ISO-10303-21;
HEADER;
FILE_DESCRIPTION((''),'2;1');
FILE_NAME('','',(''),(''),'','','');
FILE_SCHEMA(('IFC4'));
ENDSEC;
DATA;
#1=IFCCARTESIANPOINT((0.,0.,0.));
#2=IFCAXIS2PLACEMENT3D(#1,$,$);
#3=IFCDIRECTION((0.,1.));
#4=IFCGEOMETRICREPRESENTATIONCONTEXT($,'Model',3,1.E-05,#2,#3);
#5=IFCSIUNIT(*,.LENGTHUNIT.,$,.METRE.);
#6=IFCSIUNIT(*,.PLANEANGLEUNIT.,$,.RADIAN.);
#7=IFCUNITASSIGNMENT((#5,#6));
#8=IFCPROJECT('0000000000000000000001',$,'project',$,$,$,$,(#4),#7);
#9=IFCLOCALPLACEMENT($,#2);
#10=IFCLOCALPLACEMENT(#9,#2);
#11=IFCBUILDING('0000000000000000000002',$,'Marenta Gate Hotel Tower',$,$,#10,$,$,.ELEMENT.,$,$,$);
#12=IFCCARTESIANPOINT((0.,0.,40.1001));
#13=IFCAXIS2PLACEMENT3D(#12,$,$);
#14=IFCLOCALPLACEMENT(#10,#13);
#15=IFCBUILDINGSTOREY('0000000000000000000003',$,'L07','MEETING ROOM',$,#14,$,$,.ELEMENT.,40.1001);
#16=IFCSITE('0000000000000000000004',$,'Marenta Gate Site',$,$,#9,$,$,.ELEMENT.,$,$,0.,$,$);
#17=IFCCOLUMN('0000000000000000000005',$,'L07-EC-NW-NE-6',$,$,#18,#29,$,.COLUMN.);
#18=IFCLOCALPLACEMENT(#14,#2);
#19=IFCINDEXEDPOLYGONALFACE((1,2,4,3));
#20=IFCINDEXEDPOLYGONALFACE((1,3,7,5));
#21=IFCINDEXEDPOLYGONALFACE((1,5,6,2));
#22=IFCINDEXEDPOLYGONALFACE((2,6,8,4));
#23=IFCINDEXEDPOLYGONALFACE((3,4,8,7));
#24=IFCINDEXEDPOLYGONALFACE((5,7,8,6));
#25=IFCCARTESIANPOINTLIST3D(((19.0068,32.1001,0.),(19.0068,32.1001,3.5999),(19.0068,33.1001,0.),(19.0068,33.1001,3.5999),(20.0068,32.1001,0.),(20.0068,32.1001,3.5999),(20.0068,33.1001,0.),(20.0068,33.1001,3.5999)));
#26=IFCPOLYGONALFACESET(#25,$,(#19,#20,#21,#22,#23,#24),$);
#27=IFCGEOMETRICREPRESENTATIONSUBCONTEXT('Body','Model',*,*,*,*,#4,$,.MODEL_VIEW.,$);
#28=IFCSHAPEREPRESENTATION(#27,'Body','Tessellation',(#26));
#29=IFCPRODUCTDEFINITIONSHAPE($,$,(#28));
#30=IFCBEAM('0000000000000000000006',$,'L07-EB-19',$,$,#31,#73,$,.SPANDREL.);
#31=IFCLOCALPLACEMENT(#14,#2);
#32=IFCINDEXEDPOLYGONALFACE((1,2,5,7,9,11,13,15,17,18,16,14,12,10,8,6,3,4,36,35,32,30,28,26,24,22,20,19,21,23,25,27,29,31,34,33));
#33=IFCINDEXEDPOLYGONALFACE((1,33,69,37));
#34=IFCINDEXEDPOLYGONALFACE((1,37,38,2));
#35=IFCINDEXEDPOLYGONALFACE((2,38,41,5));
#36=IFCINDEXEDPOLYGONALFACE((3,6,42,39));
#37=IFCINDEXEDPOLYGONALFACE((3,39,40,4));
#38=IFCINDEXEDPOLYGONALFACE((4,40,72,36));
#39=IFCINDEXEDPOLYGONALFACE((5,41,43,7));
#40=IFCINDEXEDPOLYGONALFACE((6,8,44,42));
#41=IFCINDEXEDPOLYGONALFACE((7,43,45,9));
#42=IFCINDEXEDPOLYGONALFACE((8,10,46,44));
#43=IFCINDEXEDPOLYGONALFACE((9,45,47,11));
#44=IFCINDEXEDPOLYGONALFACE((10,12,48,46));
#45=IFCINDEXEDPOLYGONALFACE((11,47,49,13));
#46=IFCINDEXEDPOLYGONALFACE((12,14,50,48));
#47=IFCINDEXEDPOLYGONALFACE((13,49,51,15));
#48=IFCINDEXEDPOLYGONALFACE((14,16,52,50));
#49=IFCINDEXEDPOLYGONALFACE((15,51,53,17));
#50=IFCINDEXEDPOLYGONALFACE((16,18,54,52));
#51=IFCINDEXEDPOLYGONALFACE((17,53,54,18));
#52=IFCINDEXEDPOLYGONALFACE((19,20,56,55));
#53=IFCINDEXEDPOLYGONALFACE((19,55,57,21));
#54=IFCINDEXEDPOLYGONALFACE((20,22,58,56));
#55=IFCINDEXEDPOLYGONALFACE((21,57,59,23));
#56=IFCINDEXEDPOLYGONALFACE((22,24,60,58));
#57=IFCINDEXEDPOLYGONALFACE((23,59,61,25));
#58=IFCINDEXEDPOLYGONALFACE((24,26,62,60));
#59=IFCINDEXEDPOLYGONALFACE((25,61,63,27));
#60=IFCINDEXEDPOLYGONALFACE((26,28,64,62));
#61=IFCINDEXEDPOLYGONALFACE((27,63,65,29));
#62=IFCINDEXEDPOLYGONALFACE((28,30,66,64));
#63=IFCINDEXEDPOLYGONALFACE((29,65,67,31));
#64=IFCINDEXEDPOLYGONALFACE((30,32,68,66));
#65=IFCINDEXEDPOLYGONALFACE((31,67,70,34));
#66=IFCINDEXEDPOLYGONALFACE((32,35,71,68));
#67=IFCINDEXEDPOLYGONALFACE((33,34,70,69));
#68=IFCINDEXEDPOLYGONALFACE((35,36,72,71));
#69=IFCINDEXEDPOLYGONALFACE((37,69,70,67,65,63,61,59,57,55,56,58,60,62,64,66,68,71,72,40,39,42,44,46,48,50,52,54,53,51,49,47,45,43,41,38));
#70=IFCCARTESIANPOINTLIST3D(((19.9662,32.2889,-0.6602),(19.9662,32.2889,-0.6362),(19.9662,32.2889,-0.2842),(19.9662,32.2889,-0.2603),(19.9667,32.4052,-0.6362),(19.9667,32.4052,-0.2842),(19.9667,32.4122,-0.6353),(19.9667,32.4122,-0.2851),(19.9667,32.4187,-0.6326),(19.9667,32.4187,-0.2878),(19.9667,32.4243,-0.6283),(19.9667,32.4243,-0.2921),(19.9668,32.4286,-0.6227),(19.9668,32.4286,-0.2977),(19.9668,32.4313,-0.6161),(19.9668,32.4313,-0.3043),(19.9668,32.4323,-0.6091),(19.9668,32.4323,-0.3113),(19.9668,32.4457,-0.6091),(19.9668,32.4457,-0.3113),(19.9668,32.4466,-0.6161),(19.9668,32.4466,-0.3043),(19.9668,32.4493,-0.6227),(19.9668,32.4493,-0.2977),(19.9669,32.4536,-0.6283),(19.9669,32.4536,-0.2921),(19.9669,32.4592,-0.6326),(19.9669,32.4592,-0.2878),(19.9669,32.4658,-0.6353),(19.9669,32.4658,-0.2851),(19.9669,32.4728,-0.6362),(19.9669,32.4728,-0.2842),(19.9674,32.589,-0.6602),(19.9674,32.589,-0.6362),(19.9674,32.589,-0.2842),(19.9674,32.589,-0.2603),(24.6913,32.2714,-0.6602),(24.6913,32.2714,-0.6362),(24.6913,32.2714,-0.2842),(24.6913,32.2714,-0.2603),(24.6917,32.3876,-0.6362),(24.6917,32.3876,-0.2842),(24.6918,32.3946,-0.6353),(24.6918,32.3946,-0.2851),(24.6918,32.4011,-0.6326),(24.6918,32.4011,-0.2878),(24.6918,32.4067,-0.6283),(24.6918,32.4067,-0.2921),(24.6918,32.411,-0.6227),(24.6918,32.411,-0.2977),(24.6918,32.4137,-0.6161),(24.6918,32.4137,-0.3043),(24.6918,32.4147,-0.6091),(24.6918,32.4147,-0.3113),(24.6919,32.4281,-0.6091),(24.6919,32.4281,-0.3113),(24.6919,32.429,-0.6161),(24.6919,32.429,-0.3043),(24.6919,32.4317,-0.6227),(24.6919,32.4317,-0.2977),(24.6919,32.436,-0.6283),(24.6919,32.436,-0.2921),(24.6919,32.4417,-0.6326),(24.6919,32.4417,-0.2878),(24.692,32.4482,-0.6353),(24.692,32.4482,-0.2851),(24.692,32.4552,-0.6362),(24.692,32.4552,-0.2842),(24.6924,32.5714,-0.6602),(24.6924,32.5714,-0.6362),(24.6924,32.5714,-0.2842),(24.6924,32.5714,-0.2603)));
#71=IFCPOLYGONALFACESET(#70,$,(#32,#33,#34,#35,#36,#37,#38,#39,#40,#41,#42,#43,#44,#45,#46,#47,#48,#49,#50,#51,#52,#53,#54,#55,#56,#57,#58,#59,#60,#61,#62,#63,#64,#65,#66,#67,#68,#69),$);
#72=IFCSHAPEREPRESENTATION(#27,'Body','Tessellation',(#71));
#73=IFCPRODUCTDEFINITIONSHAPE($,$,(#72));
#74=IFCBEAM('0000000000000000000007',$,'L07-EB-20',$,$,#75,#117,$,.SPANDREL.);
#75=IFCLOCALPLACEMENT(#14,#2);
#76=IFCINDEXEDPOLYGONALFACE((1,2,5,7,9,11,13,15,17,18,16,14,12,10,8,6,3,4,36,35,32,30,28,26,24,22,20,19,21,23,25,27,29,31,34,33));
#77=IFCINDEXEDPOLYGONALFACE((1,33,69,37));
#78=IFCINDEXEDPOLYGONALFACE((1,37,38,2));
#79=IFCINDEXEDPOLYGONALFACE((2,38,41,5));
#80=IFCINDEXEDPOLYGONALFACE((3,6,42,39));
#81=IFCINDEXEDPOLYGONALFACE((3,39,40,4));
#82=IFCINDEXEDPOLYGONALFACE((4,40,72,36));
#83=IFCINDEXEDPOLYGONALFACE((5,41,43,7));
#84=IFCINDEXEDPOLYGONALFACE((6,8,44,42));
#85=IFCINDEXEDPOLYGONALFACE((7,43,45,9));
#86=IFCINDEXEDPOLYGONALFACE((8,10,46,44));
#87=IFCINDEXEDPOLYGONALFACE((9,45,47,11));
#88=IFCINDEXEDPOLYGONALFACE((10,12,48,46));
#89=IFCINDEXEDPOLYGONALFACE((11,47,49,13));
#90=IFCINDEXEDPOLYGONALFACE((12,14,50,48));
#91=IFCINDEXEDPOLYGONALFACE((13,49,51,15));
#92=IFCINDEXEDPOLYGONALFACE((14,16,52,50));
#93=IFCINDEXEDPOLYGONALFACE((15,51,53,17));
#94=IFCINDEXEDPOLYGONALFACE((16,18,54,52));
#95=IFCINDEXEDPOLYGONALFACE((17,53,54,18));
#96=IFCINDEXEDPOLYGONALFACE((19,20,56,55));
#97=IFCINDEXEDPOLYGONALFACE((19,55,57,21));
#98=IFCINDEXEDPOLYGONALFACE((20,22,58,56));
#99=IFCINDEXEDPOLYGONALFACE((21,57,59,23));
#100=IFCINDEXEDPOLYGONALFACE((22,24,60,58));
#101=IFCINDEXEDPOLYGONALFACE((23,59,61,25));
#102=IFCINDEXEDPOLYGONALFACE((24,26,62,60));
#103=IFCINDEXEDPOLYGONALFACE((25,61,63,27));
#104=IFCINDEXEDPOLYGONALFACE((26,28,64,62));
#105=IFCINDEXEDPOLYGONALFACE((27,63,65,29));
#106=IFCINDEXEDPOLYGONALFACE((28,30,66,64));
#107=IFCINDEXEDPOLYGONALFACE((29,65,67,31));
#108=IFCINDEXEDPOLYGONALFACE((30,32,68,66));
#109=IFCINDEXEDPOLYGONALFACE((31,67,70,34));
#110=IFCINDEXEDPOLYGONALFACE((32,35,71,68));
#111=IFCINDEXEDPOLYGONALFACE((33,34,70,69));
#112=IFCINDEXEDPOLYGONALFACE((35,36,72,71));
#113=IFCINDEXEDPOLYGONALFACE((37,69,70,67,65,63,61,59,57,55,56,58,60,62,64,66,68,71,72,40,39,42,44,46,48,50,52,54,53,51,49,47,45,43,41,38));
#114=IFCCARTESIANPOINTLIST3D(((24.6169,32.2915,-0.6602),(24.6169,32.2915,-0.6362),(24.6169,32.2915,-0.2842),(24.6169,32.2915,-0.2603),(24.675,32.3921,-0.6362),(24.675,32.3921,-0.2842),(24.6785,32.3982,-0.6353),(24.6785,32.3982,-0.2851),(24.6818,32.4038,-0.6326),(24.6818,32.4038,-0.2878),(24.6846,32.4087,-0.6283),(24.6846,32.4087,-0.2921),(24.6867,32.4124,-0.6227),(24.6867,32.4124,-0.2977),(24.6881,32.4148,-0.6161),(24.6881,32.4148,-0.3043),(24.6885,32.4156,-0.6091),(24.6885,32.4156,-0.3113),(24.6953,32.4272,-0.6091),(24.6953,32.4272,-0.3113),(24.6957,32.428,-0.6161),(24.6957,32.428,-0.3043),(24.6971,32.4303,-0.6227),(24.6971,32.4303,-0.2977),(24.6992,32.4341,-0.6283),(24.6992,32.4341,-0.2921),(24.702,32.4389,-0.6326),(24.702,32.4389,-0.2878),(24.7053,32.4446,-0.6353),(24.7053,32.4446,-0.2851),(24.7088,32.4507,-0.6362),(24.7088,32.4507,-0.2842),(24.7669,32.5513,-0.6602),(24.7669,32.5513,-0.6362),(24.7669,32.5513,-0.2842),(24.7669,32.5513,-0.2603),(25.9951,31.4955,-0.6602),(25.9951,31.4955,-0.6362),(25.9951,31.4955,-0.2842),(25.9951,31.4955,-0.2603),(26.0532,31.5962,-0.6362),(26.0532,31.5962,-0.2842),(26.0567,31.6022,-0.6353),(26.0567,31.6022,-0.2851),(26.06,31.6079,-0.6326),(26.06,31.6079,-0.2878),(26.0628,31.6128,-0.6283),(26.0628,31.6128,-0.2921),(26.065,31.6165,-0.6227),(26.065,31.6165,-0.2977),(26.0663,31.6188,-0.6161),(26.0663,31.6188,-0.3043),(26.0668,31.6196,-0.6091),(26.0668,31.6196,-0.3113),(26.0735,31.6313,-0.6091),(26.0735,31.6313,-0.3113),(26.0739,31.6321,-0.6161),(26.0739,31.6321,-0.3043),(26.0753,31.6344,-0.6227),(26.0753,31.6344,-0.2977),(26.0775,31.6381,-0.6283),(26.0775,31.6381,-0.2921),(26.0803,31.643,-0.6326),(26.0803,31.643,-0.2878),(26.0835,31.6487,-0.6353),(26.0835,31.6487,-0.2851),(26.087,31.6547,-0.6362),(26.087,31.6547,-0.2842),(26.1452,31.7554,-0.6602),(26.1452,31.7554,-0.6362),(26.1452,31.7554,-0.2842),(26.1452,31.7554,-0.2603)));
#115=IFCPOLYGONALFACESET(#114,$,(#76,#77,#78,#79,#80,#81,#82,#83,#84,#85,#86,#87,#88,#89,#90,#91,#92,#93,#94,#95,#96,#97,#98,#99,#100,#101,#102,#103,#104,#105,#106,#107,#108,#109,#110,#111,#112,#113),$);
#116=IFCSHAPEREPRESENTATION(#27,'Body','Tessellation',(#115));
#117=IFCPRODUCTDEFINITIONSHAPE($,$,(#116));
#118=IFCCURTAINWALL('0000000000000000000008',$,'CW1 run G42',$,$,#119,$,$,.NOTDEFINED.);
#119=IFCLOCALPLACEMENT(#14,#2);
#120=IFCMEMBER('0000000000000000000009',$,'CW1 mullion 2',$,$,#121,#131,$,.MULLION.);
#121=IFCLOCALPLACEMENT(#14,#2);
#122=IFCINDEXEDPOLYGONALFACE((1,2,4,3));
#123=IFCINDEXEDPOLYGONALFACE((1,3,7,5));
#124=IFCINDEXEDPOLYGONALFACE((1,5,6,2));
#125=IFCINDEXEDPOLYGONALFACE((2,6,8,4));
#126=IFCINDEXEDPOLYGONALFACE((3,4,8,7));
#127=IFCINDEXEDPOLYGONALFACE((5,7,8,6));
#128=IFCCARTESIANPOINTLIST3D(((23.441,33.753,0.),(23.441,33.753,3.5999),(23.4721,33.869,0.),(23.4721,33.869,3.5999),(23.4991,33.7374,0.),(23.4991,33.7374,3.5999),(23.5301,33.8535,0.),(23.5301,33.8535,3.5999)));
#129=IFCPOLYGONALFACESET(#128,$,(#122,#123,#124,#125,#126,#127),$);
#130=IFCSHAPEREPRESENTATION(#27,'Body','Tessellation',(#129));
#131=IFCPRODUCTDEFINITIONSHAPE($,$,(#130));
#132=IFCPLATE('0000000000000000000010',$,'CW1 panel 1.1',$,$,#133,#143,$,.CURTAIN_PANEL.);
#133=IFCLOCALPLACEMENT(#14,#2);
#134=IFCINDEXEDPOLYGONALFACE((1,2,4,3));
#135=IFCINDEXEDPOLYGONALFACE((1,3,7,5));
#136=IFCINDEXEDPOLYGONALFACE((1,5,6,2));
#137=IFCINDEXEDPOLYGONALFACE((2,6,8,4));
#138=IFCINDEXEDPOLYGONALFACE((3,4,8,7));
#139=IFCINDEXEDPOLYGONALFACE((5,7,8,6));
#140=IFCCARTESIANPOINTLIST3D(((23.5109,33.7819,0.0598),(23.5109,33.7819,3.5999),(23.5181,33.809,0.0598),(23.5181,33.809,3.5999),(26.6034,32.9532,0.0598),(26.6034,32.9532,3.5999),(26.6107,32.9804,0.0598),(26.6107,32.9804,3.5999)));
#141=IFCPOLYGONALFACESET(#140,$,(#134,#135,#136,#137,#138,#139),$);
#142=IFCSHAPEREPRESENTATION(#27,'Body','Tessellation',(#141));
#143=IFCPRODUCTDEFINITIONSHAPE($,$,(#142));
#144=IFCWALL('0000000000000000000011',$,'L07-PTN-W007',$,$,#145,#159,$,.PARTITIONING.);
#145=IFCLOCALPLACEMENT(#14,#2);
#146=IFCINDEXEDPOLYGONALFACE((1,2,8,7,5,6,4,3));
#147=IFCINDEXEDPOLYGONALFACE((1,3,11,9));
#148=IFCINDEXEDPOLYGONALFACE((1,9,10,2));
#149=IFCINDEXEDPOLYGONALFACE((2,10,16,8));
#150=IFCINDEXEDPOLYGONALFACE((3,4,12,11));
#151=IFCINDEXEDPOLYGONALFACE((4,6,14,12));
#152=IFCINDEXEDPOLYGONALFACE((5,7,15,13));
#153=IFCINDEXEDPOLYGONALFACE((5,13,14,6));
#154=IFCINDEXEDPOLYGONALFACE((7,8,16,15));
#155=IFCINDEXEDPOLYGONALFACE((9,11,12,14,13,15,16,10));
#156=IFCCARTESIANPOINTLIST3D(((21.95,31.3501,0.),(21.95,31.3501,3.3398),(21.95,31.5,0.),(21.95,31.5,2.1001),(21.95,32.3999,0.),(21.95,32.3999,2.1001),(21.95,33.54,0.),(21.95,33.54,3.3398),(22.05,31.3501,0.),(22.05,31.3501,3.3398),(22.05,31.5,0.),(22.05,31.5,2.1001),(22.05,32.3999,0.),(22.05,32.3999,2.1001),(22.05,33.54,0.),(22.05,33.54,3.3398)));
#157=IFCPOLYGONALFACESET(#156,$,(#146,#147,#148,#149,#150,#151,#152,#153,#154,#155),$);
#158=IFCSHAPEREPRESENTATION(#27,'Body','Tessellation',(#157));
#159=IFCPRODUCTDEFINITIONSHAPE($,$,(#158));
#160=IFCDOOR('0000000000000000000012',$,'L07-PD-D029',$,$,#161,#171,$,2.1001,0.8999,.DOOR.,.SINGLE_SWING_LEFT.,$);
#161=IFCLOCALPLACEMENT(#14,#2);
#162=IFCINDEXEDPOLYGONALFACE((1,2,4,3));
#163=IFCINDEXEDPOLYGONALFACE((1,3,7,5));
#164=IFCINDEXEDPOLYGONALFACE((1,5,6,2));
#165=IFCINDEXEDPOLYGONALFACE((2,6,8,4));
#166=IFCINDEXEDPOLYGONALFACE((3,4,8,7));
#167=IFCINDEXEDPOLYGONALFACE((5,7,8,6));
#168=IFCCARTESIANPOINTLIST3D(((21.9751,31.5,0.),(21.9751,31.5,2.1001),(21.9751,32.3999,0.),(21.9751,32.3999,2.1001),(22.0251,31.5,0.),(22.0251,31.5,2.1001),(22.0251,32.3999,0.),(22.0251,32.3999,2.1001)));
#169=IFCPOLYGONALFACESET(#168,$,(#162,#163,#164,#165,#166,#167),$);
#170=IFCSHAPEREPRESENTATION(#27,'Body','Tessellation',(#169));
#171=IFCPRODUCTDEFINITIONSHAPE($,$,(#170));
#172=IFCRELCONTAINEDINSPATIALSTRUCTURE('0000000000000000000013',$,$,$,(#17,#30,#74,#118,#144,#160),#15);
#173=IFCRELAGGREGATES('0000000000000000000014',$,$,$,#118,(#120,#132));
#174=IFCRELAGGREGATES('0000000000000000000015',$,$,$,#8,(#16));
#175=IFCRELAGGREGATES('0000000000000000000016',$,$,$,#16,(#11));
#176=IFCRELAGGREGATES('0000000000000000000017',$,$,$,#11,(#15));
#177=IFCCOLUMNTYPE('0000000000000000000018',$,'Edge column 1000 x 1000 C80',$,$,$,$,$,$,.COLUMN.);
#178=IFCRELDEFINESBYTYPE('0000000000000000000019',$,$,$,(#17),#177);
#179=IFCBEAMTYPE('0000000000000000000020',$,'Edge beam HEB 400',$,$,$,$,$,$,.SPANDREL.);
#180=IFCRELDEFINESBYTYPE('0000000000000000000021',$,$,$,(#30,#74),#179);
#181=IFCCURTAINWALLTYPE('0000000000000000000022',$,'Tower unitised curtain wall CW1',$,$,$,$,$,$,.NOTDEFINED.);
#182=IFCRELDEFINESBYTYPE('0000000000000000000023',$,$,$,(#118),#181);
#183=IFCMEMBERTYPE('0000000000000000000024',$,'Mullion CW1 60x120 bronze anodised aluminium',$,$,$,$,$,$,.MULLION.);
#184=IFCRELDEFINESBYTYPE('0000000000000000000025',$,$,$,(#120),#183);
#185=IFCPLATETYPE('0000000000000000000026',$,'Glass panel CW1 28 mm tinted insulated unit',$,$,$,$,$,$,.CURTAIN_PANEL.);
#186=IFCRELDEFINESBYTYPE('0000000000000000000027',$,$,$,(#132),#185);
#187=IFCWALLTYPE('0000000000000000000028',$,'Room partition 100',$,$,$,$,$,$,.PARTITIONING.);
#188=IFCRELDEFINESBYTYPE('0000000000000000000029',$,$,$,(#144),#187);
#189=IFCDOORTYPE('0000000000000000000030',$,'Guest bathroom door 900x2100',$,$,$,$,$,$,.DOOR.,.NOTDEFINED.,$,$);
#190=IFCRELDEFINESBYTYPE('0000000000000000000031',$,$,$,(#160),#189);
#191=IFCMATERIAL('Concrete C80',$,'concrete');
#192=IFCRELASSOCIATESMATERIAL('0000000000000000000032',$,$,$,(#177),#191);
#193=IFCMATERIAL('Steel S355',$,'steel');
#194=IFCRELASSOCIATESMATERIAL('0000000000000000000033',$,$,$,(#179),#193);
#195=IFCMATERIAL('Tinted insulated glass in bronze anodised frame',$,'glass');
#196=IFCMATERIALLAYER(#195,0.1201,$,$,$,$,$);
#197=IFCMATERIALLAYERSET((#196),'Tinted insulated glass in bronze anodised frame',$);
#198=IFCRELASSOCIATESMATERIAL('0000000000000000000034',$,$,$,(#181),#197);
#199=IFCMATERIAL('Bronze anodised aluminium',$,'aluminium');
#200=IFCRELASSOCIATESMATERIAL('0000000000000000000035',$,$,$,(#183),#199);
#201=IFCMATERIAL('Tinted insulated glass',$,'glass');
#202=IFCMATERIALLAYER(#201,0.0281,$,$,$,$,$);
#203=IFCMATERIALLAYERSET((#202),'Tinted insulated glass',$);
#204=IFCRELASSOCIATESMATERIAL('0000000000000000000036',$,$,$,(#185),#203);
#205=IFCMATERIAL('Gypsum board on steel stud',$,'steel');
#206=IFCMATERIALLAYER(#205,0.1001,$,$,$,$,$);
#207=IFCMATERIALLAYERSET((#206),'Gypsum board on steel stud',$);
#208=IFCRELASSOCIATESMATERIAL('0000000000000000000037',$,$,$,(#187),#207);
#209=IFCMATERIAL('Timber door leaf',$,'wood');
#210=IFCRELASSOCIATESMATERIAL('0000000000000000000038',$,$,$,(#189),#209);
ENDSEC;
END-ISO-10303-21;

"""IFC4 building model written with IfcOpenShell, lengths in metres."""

from ifc_helpers import new_model, si_unit, direction, frame, frame_2d, origin, origin_2d, place, context, subcontext, project, spatial, rectangle, i_section, extrude, material, layer, layer_set, material_profile, profile_set, type_object, element, fill, aggregate, save


model = new_model("IFC4")

# Units and contexts
model_context = context("Model", 3, precision=1e-05, world=origin(), true_north=direction((0.0, 1.0)))
body_context = subcontext(model_context, "Body", "Model", "MODEL_VIEW")
ifc_project = project(units=[si_unit("LENGTHUNIT", "METRE"), si_unit("PLANEANGLEUNIT", "RADIAN")], contexts=[model_context])

# Site, building, storey
site_placement = place(None, origin())
site = spatial("IfcSite", under=ifc_project, at=site_placement, Name="Marenta Gate Site", CompositionType="ELEMENT", RefElevation=0.0)
building_placement = place(site_placement, origin())
building = spatial("IfcBuilding", under=site, at=building_placement, Name="Marenta Gate Hotel Tower", CompositionType="ELEMENT")
storey_placement = place(building_placement, frame((0.0, 0.0, 40.1001)))
storey = spatial("IfcBuildingStorey", under=building, at=storey_placement, Name="L07", Description="MEETING ROOM", CompositionType="ELEMENT", Elevation=40.1001)

# Column
ifc_material_1 = material(Name="Concrete C80", Category="concrete")
ifc_material_profile_1 = material_profile(ifc_material_1, rectangle(XDim=1.0, YDim=1.0, at=origin_2d()), Name="1000 x 1000")
ifc_profile_set_1 = profile_set([ifc_material_profile_1], Name="Concrete C80")
column_type = type_object("IfcColumnType", Name="Edge column 1000 x 1000 C80", PredefinedType="COLUMN", material=ifc_profile_set_1)
column_placement = place(storey_placement, frame((19.5068, 32.6001, 0.0), z_axis=(0.0, 0.0, 1.0), x_axis=(1.0, 0.0, 0.0)))
element("IfcColumn", 1, at=column_placement, inside=storey, type_object=column_type, Name="L07-EC-NW-NE-6", PredefinedType="COLUMN", context=body_context, shape_type="SweptSolid", body=[
    extrude(rectangle(XDim=1.0, YDim=1.0, at=origin_2d()), origin(), (0.0, 0.0, 1.0), 3.5999),
])

# Beams
ifc_material_2 = material(Name="Steel S355", Category="steel")
ifc_material_profile_2 = material_profile(ifc_material_2, i_section(OverallWidth=0.3, OverallDepth=0.3999, WebThickness=0.0134, FlangeThickness=0.0239, FilletRadius=0.0271, at=origin_2d()), Name="HEB 400")
ifc_profile_set_2 = profile_set([ifc_material_profile_2], Name="Steel S355")
beam_type = type_object("IfcBeamType", Name="Edge beam HEB 400", PredefinedType="SPANDREL", material=ifc_profile_set_2)
beam_1_placement = place(storey_placement, frame((19.9668, 32.439, -0.4602), z_axis=(0.999993, -0.00372, 0.0), x_axis=(0.00372, 0.999993, 0.0)))
element("IfcBeam", 2, at=beam_1_placement, inside=storey, type_object=beam_type, Name="L07-EB-19", PredefinedType="SPANDREL", context=body_context, shape_type="SweptSolid", body=[
    extrude(i_section(OverallWidth=0.3, OverallDepth=0.3999, WebThickness=0.0134, FlangeThickness=0.0239, FilletRadius=0.0271, at=origin_2d()), origin(), (0.0, 0.0, 1.0), 4.7251),
])
beam_2_placement = place(storey_placement, frame((24.6919, 32.4214, -0.4602), z_axis=(0.865968, -0.500099, 0.0), x_axis=(0.500099, 0.865968, 0.0)))
element("IfcBeam", 3, at=beam_2_placement, inside=storey, type_object=beam_type, Name="L07-EB-20", PredefinedType="SPANDREL", context=body_context, shape_type="SweptSolid", body=[
    extrude(i_section(OverallWidth=0.3, OverallDepth=0.3999, WebThickness=0.0134, FlangeThickness=0.0239, FilletRadius=0.0271, at=origin_2d()), origin(), (0.0, 0.0, 1.0), 1.5916),
])

# Curtain wall, member, plate
ifc_material_3 = material(Name="Tinted insulated glass in bronze anodised frame", Category="glass")
ifc_layer_1 = layer(ifc_material_3, 0.1201)
ifc_layer_set_1 = layer_set([ifc_layer_1], Name="Tinted insulated glass in bronze anodised frame")
curtain_wall_type = type_object("IfcCurtainWallType", Name="Tower unitised curtain wall CW1", PredefinedType="NOTDEFINED", material=ifc_layer_set_1)
curtain_wall_placement = place(storey_placement, origin())
curtain_wall = element("IfcCurtainWall", 4, at=curtain_wall_placement, inside=storey, type_object=curtain_wall_type, Name="CW1 run G42", PredefinedType="NOTDEFINED")
ifc_material_4 = material(Name="Bronze anodised aluminium", Category="aluminium")
ifc_material_profile_3 = material_profile(ifc_material_4, rectangle(XDim=0.1201, YDim=0.0601, at=origin_2d()), Name="Mullion CW1 60x120 bronze anodised aluminium")
ifc_profile_set_3 = profile_set([ifc_material_profile_3], Name="Bronze anodised aluminium")
member_type = type_object("IfcMemberType", Name="Mullion CW1 60x120 bronze anodised aluminium", PredefinedType="MULLION", material=ifc_profile_set_3)
member_placement = place(storey_placement, frame((23.4856, 33.8032, 0.0), z_axis=(0.0, 0.0, 1.0), x_axis=(-0.258807, -0.965929, 0.0)))
member = element("IfcMember", 5, at=member_placement, type_object=member_type, Name="CW1 mullion 2", PredefinedType="MULLION", context=body_context, shape_type="SweptSolid", body=[
    extrude(rectangle(XDim=0.1201, YDim=0.0601, at=origin_2d()), origin(), (0.0, 0.0, 1.0), 3.5999),
])
ifc_material_5 = material(Name="Tinted insulated glass", Category="glass")
ifc_layer_2 = layer(ifc_material_5, 0.0281)
ifc_layer_set_2 = layer_set([ifc_layer_2], Name="Tinted insulated glass")
plate_type = type_object("IfcPlateType", Name="Glass panel CW1 28 mm tinted insulated unit", PredefinedType="CURTAIN_PANEL", material=ifc_layer_set_2)
plate_placement = place(storey_placement, frame((25.0608, 33.3811, 0.0598), z_axis=(0.0, 0.0, 1.0), x_axis=(-0.965929, 0.258807, 0.0)))
plate = element("IfcPlate", 6, at=plate_placement, type_object=plate_type, Name="CW1 panel 1.1", PredefinedType="CURTAIN_PANEL", context=body_context, shape_type="SweptSolid", body=[
    extrude(rectangle(XDim=3.2017, YDim=0.0281, at=origin_2d()), origin(), (0.0, 0.0, 1.0), 3.54),
])
aggregate(curtain_wall, [member, plate])

# Wall, opening, door
ifc_material_6 = material(Name="Gypsum board on steel stud", Category="steel")
ifc_layer_3 = layer(ifc_material_6, 0.1001)
ifc_layer_set_3 = layer_set([ifc_layer_3], Name="Gypsum board on steel stud")
wall_type_1 = type_object("IfcWallType", Name="Room partition 100", PredefinedType="PARTITIONING", material=ifc_layer_set_3)
wall_1_placement = place(storey_placement, frame((22.0, 31.3501, 0.0), z_axis=(0.0, 0.0, 1.0), x_axis=(0.0, 1.0, 0.0)))
wall_1 = element("IfcWall", 7, at=wall_1_placement, inside=storey, type_object=wall_type_1, Name="L07-PTN-W007", PredefinedType="PARTITIONING", context=body_context, shape_type="SweptSolid", body=[
    extrude(rectangle(XDim=2.1899, YDim=0.1001, at=frame_2d((1.095, 0.0))), origin(), (0.0, 0.0, 1.0), 3.3398),
])
opening_1_placement = place(wall_1_placement, frame((0.1499, 0.0, 0.0)))
opening_1 = element("IfcOpeningElement", 8, at=opening_1_placement, cuts=wall_1, PredefinedType="OPENING", context=body_context, shape_type="SweptSolid", body=[
    extrude(rectangle(XDim=0.8999, YDim=2.1001, at=frame_2d((0.45, 1.05))), frame((0.0, 0.05, 0.0), z_axis=(0.0, -1.0, 0.0), x_axis=(1.0, 0.0, 0.0)), (0.0, 0.0, 1.0), 0.1001),
])
ifc_material_7 = material(Name="Timber door leaf", Category="wood")
door_type = type_object("IfcDoorType", Name="Guest bathroom door 900x2100", OperationType="NOTDEFINED", PredefinedType="DOOR", material=ifc_material_7)
door_1_placement = place(opening_1_placement, origin())
door_1 = element("IfcDoor", 9, at=door_1_placement, inside=storey, type_object=door_type, Name="L07-PD-D029", OperationType="SINGLE_SWING_LEFT", OverallHeight=2.1001, OverallWidth=0.8999, PredefinedType="DOOR", context=body_context, shape_type="SweptSolid", body=[
    extrude(rectangle(XDim=0.8999, YDim=2.1001, at=frame_2d((0.45, 1.05))), frame((0.0, 0.0249, 0.0), z_axis=(0.0, -1.0, 0.0), x_axis=(1.0, 0.0, 0.0)), (0.0, 0.0, 1.0), 0.05),
])
fill(opening_1, door_1)

save(model, "model.ifc")
